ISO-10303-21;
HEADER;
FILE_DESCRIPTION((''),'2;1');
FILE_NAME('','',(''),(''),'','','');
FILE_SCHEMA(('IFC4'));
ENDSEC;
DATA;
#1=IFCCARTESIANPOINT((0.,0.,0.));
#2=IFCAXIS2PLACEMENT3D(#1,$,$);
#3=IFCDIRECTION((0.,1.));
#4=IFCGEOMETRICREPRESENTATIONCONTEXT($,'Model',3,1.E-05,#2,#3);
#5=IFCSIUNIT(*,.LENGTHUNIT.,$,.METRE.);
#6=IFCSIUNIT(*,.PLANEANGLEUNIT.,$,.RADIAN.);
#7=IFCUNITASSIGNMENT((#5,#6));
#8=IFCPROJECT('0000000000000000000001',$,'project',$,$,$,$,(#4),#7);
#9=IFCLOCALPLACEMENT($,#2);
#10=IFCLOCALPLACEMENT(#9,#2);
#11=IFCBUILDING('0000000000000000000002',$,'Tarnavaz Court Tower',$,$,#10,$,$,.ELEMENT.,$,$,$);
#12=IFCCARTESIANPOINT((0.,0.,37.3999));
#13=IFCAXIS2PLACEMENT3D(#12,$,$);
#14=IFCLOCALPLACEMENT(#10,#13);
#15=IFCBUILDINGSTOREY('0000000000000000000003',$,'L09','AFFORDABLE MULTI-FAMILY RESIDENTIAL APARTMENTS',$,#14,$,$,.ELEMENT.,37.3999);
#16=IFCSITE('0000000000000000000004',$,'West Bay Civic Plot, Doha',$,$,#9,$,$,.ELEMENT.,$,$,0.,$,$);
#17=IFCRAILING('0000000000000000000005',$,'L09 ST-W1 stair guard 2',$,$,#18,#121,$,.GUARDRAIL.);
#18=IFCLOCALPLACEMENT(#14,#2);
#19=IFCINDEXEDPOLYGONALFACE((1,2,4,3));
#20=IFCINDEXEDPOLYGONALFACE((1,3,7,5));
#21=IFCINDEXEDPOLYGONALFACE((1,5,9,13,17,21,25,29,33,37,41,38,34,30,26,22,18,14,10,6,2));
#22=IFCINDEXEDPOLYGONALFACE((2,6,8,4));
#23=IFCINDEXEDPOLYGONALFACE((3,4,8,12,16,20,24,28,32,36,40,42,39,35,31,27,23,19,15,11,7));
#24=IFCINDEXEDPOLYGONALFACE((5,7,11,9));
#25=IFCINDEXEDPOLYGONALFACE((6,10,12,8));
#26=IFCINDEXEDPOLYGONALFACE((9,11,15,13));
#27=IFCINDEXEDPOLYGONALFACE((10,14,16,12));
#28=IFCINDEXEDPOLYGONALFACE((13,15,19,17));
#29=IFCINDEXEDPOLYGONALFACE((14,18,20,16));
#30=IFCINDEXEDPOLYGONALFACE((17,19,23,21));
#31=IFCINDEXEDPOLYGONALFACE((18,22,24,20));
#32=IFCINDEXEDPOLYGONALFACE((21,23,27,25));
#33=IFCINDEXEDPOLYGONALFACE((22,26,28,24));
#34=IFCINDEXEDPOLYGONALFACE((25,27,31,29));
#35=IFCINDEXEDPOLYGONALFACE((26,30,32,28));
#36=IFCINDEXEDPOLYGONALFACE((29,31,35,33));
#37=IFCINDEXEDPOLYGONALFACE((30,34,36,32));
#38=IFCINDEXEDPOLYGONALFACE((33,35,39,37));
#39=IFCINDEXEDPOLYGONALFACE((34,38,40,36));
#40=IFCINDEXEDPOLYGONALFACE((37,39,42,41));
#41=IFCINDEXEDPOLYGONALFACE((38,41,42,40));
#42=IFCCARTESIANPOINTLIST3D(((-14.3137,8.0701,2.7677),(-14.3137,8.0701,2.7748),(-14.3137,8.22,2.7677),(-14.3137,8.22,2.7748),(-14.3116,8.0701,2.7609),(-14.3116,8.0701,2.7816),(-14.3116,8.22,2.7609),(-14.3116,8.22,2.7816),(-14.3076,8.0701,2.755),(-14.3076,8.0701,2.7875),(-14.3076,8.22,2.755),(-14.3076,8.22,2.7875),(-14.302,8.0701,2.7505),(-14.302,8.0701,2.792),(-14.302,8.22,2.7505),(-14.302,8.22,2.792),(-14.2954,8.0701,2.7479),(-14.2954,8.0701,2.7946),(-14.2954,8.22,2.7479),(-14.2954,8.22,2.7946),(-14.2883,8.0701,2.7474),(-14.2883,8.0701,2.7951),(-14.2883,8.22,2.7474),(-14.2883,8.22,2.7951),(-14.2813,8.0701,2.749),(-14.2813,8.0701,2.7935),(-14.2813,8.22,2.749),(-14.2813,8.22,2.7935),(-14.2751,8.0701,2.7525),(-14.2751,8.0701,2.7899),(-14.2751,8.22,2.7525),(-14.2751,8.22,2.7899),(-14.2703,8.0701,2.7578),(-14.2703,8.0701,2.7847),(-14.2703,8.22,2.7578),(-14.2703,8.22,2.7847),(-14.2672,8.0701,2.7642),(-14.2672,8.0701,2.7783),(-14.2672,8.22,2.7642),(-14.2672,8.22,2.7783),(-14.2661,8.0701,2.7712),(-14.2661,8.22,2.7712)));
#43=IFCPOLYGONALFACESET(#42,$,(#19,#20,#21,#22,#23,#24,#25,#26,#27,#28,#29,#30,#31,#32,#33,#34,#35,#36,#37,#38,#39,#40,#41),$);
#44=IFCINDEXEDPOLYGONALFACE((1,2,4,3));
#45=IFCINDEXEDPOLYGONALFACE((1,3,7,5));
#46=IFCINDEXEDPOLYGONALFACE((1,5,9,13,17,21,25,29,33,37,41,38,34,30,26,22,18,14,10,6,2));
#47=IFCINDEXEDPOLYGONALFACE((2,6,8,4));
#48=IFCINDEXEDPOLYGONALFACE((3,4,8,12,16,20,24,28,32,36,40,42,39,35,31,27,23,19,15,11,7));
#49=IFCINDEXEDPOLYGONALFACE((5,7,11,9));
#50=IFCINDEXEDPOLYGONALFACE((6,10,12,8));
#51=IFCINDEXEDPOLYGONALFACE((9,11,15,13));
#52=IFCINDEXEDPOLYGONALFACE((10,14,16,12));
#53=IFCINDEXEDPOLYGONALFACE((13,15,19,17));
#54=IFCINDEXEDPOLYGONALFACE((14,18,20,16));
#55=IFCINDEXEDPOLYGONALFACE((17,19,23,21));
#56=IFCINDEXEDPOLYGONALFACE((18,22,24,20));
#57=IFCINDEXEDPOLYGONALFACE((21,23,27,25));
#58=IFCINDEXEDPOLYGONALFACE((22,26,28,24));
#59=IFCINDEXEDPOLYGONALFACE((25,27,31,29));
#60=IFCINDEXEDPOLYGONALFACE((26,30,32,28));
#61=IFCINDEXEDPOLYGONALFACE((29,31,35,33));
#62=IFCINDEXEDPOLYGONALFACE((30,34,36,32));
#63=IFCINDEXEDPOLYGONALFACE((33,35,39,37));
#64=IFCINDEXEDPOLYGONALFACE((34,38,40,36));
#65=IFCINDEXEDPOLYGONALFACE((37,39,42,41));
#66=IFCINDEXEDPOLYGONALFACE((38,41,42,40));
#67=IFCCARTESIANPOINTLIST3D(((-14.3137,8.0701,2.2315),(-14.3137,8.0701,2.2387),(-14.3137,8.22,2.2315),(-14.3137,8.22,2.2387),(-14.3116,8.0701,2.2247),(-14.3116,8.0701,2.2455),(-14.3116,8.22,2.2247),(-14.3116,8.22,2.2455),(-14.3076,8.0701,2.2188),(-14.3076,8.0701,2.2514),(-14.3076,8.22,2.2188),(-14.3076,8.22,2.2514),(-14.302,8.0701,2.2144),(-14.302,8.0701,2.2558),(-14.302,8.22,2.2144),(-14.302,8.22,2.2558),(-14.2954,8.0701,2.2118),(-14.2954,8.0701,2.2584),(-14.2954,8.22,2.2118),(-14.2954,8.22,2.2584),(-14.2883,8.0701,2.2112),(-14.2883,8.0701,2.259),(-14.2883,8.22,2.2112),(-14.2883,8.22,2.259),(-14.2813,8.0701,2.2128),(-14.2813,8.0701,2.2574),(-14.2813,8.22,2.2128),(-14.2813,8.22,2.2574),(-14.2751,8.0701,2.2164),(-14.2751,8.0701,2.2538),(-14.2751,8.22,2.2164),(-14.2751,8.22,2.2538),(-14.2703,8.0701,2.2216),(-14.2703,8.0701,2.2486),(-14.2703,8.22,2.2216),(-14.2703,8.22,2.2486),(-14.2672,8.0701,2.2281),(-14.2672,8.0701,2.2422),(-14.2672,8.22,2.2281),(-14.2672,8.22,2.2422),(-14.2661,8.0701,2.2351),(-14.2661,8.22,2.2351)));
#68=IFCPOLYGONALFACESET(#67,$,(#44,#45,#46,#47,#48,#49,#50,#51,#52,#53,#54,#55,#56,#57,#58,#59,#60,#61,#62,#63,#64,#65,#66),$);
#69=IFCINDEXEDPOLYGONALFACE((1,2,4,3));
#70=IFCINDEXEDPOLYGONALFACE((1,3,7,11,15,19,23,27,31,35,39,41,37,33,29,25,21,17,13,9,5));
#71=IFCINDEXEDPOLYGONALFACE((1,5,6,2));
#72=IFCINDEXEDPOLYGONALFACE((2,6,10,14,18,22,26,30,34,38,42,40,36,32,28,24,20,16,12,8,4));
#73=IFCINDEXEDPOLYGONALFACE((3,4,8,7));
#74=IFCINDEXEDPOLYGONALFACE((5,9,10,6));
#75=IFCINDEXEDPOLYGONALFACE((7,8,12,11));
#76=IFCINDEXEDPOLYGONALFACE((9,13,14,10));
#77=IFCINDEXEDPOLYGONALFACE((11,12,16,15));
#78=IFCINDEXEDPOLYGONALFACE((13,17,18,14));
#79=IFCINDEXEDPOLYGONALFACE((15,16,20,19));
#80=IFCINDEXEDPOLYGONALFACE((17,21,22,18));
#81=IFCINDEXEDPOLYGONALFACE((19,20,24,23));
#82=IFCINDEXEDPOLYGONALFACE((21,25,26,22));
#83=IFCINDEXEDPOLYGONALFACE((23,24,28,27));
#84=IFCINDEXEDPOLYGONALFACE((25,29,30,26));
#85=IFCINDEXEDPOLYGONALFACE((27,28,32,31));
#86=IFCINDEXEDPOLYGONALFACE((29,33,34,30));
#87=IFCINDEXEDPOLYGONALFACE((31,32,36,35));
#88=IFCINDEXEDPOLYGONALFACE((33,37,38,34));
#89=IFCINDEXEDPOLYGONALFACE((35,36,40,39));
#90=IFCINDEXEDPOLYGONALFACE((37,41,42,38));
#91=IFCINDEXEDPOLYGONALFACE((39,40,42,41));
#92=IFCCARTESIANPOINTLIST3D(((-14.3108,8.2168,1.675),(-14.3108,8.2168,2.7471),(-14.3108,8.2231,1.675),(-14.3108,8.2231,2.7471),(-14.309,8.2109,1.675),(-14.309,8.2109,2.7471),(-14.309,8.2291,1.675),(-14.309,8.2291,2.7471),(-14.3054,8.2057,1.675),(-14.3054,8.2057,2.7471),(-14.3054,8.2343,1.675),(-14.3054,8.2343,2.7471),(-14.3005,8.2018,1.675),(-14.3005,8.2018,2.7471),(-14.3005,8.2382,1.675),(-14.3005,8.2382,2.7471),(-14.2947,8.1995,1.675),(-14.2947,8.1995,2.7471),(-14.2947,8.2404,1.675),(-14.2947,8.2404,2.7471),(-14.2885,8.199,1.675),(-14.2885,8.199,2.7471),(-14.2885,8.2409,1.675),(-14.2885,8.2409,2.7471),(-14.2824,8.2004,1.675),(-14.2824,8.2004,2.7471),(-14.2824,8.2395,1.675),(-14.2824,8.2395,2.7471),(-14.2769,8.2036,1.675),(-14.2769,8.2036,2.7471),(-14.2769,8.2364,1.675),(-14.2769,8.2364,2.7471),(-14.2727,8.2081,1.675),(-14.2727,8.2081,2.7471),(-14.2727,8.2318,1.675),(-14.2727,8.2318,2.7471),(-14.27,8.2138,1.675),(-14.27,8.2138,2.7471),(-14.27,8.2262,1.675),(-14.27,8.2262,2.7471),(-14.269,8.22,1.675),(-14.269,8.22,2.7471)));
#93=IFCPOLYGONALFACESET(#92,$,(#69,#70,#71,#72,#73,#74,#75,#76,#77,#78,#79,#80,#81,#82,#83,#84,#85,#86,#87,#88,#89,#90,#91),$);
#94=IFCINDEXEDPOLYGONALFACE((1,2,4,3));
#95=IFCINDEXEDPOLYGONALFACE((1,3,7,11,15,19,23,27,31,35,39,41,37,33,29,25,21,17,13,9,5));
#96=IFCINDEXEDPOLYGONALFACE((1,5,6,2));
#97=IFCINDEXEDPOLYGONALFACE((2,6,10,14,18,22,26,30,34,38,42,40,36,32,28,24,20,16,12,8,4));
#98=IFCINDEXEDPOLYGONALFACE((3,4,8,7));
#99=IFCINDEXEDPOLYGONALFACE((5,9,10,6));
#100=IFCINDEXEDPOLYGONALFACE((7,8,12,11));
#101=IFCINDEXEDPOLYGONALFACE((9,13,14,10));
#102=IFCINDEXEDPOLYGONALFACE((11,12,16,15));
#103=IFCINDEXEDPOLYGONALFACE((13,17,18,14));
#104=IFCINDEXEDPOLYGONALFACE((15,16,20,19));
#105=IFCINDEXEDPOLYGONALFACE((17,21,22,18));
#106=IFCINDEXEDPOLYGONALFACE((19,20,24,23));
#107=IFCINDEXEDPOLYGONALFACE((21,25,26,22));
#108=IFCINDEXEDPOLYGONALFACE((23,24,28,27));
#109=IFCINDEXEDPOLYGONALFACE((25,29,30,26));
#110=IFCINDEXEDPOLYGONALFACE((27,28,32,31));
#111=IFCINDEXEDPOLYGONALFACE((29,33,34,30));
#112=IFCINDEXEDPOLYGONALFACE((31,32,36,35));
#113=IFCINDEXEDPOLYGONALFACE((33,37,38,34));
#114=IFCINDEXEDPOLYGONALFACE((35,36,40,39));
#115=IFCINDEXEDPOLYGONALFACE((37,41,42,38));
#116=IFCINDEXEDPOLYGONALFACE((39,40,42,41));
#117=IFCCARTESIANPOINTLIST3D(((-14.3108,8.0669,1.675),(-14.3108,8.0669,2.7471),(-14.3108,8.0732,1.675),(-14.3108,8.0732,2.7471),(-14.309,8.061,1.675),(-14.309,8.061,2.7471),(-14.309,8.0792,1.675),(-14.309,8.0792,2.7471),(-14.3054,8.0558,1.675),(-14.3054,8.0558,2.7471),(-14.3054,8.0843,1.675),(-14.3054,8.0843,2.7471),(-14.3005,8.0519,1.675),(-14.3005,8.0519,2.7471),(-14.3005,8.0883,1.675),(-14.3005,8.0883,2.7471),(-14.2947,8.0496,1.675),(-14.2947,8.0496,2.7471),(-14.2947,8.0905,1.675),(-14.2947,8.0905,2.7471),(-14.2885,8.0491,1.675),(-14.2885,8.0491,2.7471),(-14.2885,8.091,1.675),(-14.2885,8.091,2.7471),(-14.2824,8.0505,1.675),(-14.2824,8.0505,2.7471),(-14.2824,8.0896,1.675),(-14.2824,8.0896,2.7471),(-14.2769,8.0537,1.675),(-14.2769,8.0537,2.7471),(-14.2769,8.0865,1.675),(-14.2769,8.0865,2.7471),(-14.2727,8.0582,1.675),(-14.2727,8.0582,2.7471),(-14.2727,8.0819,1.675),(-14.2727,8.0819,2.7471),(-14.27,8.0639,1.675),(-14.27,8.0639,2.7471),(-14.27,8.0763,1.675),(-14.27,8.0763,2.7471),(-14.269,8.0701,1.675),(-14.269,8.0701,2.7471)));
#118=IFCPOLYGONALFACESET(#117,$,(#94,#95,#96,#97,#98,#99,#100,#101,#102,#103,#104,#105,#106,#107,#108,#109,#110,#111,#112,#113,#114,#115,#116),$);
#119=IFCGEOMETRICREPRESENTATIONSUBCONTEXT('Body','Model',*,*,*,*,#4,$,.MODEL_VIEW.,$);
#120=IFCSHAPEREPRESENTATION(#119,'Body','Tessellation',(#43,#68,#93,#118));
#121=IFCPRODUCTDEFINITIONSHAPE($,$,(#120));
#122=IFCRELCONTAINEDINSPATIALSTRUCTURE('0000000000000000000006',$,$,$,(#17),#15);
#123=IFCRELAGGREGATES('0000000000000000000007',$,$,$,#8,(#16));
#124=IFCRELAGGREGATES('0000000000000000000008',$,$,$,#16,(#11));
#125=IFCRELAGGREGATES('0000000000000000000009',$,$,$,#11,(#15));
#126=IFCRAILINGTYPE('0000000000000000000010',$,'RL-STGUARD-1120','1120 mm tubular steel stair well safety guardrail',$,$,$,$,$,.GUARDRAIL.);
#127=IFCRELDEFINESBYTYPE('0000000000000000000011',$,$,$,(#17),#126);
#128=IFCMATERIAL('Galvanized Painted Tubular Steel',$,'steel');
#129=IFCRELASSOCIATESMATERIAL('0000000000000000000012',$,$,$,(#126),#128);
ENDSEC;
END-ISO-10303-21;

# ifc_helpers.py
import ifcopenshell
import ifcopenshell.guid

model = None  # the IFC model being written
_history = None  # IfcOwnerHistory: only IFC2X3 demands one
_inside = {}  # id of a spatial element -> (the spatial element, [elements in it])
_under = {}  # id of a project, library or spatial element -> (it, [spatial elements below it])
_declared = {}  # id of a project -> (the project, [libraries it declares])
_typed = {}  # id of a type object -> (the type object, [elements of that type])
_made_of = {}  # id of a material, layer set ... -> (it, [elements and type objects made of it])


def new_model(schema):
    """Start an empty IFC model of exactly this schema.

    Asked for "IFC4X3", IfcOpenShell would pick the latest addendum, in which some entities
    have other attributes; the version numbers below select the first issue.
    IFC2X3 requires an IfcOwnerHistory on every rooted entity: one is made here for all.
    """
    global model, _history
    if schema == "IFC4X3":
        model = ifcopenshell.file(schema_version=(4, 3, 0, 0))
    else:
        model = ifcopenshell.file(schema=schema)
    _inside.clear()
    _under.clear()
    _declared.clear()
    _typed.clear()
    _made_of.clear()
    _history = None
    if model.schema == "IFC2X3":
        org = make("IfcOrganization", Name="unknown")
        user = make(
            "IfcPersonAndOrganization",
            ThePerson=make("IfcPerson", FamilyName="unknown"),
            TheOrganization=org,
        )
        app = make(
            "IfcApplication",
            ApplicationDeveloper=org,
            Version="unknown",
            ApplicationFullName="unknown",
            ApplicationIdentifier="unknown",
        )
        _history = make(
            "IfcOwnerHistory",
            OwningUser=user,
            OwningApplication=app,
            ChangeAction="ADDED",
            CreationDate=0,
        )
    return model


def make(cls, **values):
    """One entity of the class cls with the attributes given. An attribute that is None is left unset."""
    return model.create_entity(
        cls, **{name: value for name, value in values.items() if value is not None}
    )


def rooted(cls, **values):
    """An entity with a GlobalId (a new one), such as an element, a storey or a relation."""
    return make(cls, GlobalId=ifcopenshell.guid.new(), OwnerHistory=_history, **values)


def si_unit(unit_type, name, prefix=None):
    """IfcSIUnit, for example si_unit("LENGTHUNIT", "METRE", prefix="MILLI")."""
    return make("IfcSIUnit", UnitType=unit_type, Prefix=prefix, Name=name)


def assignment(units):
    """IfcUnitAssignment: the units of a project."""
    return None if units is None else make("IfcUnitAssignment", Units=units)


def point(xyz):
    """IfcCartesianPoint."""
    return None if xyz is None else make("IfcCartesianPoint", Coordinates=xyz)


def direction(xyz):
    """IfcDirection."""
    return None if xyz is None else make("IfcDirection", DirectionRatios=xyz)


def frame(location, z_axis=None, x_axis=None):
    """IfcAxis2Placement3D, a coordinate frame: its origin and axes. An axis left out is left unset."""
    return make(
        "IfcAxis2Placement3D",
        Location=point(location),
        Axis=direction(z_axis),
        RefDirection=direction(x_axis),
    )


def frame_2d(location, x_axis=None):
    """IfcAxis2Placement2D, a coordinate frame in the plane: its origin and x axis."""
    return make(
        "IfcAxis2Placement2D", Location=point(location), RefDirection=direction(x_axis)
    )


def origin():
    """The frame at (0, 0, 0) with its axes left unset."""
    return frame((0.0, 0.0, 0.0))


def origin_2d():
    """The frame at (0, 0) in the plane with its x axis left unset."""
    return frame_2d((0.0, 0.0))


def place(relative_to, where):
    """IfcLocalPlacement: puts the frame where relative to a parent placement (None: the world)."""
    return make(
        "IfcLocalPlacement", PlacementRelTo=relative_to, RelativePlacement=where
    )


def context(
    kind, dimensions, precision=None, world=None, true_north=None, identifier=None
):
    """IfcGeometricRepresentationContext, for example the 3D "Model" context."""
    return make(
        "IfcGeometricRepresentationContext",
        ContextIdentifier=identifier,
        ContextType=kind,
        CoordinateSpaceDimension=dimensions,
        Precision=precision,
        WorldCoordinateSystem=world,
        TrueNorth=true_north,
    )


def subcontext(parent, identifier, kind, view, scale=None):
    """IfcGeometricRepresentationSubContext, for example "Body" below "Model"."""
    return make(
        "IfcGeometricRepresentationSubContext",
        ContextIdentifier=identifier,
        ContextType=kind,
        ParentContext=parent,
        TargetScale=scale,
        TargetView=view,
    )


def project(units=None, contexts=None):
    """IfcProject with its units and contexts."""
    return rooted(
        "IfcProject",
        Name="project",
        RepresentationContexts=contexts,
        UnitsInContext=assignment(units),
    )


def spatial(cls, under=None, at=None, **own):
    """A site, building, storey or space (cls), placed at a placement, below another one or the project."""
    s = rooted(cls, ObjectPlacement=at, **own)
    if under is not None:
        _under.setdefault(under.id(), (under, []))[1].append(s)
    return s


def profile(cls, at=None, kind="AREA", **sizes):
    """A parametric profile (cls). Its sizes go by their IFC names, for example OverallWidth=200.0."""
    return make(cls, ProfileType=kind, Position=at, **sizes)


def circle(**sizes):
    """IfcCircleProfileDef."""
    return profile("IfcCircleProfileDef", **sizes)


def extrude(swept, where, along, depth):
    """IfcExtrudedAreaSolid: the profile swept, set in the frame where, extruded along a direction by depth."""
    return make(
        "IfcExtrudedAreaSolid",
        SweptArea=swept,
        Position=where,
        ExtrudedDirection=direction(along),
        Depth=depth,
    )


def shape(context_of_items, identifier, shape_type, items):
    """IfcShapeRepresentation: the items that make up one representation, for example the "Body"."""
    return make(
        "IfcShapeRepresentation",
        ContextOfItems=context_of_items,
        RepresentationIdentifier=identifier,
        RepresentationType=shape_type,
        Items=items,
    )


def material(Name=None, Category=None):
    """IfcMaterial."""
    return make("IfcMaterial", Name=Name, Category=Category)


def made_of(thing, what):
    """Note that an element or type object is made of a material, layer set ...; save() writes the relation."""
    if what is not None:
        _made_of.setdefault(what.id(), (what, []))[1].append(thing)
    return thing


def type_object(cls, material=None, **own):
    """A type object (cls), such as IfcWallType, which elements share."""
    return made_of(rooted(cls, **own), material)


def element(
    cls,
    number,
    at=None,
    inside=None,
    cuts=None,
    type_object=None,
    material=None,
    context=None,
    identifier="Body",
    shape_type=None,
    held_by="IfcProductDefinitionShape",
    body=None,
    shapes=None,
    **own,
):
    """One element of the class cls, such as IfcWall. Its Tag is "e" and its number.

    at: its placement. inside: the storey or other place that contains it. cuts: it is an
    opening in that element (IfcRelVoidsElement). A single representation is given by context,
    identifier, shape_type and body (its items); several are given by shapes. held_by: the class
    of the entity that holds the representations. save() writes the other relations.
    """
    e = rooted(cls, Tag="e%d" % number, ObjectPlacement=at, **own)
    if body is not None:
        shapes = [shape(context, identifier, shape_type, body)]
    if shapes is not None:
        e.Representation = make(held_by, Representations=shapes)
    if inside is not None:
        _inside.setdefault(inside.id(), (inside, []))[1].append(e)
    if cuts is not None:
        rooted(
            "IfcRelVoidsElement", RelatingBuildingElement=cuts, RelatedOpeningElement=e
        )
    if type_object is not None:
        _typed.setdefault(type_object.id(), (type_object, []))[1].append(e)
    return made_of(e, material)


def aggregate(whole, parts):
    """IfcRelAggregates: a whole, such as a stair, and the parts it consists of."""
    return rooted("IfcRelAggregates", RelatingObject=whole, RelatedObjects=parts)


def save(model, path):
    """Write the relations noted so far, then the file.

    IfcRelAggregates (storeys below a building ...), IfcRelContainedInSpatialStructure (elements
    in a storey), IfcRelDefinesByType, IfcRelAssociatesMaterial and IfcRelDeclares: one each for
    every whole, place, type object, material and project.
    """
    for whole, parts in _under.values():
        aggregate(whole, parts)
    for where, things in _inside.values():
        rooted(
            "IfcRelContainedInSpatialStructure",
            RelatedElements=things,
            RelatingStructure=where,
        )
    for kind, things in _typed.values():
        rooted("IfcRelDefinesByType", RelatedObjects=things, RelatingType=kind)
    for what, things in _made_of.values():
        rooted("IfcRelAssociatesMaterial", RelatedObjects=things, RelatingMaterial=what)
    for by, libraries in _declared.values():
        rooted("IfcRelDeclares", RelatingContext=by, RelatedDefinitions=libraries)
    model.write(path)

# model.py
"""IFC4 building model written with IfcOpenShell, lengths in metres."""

from ifc_helpers import new_model, si_unit, direction, frame, origin, origin_2d, place, context, subcontext, project, spatial, circle, extrude, material, type_object, element, save


model = new_model("IFC4")

# Units and contexts
model_context = context("Model", 3, precision=1e-05, world=origin(), true_north=direction((0.0, 1.0)))
body_context = subcontext(model_context, "Body", "Model", "MODEL_VIEW")
ifc_project = project(units=[si_unit("LENGTHUNIT", "METRE"), si_unit("PLANEANGLEUNIT", "RADIAN")], contexts=[model_context])

# Site, building, storey
site_placement = place(None, origin())
site = spatial("IfcSite", under=ifc_project, at=site_placement, Name="West Bay Civic Plot, Doha", CompositionType="ELEMENT", RefElevation=0.0)
building_placement = place(site_placement, origin())
building = spatial("IfcBuilding", under=site, at=building_placement, Name="Tarnavaz Court Tower", CompositionType="ELEMENT")
storey_placement = place(building_placement, frame((0.0, 0.0, 37.3999)))
storey = spatial("IfcBuildingStorey", under=building, at=storey_placement, Name="L09", Description="AFFORDABLE MULTI-FAMILY RESIDENTIAL APARTMENTS", CompositionType="ELEMENT", Elevation=37.3999)

# Railing
ifc_material_1 = material(Name="Galvanized Painted Tubular Steel", Category="steel")
railing_type_1 = type_object("IfcRailingType", Name="RL-STGUARD-1120", Description="1120 mm tubular steel stair well safety guardrail", PredefinedType="GUARDRAIL", material=ifc_material_1)
railing_1_placement = place(storey_placement, frame((-14.29, 8.22, 1.675)))
element("IfcRailing", 1, at=railing_1_placement, inside=storey, type_object=railing_type_1, Name="L09 ST-W1 stair guard 2", PredefinedType="GUARDRAIL", context=body_context, shape_type="SweptSolid", body=[
    extrude(circle(Radius=0.0239, at=origin_2d()), frame((0.0, 0.0, 1.0962), z_axis=(0.0, -1.0, 0.0), x_axis=(1.0, 0.0, 0.0)), (0.0, 0.0, 1.0), 0.1499),
    extrude(circle(Radius=0.0239, at=origin_2d()), frame((0.0, 0.0, 0.5601), z_axis=(0.0, -1.0, 0.0), x_axis=(1.0, 0.0, 0.0)), (0.0, 0.0, 1.0), 0.1499),
    extrude(circle(Radius=0.021, at=origin_2d()), origin(), (0.0, 0.0, 1.0), 1.072),
    extrude(circle(Radius=0.021, at=origin_2d()), frame((0.0, -0.1499, 0.0)), (0.0, 0.0, 1.0), 1.072),
])

save(model, "model.ifc")
